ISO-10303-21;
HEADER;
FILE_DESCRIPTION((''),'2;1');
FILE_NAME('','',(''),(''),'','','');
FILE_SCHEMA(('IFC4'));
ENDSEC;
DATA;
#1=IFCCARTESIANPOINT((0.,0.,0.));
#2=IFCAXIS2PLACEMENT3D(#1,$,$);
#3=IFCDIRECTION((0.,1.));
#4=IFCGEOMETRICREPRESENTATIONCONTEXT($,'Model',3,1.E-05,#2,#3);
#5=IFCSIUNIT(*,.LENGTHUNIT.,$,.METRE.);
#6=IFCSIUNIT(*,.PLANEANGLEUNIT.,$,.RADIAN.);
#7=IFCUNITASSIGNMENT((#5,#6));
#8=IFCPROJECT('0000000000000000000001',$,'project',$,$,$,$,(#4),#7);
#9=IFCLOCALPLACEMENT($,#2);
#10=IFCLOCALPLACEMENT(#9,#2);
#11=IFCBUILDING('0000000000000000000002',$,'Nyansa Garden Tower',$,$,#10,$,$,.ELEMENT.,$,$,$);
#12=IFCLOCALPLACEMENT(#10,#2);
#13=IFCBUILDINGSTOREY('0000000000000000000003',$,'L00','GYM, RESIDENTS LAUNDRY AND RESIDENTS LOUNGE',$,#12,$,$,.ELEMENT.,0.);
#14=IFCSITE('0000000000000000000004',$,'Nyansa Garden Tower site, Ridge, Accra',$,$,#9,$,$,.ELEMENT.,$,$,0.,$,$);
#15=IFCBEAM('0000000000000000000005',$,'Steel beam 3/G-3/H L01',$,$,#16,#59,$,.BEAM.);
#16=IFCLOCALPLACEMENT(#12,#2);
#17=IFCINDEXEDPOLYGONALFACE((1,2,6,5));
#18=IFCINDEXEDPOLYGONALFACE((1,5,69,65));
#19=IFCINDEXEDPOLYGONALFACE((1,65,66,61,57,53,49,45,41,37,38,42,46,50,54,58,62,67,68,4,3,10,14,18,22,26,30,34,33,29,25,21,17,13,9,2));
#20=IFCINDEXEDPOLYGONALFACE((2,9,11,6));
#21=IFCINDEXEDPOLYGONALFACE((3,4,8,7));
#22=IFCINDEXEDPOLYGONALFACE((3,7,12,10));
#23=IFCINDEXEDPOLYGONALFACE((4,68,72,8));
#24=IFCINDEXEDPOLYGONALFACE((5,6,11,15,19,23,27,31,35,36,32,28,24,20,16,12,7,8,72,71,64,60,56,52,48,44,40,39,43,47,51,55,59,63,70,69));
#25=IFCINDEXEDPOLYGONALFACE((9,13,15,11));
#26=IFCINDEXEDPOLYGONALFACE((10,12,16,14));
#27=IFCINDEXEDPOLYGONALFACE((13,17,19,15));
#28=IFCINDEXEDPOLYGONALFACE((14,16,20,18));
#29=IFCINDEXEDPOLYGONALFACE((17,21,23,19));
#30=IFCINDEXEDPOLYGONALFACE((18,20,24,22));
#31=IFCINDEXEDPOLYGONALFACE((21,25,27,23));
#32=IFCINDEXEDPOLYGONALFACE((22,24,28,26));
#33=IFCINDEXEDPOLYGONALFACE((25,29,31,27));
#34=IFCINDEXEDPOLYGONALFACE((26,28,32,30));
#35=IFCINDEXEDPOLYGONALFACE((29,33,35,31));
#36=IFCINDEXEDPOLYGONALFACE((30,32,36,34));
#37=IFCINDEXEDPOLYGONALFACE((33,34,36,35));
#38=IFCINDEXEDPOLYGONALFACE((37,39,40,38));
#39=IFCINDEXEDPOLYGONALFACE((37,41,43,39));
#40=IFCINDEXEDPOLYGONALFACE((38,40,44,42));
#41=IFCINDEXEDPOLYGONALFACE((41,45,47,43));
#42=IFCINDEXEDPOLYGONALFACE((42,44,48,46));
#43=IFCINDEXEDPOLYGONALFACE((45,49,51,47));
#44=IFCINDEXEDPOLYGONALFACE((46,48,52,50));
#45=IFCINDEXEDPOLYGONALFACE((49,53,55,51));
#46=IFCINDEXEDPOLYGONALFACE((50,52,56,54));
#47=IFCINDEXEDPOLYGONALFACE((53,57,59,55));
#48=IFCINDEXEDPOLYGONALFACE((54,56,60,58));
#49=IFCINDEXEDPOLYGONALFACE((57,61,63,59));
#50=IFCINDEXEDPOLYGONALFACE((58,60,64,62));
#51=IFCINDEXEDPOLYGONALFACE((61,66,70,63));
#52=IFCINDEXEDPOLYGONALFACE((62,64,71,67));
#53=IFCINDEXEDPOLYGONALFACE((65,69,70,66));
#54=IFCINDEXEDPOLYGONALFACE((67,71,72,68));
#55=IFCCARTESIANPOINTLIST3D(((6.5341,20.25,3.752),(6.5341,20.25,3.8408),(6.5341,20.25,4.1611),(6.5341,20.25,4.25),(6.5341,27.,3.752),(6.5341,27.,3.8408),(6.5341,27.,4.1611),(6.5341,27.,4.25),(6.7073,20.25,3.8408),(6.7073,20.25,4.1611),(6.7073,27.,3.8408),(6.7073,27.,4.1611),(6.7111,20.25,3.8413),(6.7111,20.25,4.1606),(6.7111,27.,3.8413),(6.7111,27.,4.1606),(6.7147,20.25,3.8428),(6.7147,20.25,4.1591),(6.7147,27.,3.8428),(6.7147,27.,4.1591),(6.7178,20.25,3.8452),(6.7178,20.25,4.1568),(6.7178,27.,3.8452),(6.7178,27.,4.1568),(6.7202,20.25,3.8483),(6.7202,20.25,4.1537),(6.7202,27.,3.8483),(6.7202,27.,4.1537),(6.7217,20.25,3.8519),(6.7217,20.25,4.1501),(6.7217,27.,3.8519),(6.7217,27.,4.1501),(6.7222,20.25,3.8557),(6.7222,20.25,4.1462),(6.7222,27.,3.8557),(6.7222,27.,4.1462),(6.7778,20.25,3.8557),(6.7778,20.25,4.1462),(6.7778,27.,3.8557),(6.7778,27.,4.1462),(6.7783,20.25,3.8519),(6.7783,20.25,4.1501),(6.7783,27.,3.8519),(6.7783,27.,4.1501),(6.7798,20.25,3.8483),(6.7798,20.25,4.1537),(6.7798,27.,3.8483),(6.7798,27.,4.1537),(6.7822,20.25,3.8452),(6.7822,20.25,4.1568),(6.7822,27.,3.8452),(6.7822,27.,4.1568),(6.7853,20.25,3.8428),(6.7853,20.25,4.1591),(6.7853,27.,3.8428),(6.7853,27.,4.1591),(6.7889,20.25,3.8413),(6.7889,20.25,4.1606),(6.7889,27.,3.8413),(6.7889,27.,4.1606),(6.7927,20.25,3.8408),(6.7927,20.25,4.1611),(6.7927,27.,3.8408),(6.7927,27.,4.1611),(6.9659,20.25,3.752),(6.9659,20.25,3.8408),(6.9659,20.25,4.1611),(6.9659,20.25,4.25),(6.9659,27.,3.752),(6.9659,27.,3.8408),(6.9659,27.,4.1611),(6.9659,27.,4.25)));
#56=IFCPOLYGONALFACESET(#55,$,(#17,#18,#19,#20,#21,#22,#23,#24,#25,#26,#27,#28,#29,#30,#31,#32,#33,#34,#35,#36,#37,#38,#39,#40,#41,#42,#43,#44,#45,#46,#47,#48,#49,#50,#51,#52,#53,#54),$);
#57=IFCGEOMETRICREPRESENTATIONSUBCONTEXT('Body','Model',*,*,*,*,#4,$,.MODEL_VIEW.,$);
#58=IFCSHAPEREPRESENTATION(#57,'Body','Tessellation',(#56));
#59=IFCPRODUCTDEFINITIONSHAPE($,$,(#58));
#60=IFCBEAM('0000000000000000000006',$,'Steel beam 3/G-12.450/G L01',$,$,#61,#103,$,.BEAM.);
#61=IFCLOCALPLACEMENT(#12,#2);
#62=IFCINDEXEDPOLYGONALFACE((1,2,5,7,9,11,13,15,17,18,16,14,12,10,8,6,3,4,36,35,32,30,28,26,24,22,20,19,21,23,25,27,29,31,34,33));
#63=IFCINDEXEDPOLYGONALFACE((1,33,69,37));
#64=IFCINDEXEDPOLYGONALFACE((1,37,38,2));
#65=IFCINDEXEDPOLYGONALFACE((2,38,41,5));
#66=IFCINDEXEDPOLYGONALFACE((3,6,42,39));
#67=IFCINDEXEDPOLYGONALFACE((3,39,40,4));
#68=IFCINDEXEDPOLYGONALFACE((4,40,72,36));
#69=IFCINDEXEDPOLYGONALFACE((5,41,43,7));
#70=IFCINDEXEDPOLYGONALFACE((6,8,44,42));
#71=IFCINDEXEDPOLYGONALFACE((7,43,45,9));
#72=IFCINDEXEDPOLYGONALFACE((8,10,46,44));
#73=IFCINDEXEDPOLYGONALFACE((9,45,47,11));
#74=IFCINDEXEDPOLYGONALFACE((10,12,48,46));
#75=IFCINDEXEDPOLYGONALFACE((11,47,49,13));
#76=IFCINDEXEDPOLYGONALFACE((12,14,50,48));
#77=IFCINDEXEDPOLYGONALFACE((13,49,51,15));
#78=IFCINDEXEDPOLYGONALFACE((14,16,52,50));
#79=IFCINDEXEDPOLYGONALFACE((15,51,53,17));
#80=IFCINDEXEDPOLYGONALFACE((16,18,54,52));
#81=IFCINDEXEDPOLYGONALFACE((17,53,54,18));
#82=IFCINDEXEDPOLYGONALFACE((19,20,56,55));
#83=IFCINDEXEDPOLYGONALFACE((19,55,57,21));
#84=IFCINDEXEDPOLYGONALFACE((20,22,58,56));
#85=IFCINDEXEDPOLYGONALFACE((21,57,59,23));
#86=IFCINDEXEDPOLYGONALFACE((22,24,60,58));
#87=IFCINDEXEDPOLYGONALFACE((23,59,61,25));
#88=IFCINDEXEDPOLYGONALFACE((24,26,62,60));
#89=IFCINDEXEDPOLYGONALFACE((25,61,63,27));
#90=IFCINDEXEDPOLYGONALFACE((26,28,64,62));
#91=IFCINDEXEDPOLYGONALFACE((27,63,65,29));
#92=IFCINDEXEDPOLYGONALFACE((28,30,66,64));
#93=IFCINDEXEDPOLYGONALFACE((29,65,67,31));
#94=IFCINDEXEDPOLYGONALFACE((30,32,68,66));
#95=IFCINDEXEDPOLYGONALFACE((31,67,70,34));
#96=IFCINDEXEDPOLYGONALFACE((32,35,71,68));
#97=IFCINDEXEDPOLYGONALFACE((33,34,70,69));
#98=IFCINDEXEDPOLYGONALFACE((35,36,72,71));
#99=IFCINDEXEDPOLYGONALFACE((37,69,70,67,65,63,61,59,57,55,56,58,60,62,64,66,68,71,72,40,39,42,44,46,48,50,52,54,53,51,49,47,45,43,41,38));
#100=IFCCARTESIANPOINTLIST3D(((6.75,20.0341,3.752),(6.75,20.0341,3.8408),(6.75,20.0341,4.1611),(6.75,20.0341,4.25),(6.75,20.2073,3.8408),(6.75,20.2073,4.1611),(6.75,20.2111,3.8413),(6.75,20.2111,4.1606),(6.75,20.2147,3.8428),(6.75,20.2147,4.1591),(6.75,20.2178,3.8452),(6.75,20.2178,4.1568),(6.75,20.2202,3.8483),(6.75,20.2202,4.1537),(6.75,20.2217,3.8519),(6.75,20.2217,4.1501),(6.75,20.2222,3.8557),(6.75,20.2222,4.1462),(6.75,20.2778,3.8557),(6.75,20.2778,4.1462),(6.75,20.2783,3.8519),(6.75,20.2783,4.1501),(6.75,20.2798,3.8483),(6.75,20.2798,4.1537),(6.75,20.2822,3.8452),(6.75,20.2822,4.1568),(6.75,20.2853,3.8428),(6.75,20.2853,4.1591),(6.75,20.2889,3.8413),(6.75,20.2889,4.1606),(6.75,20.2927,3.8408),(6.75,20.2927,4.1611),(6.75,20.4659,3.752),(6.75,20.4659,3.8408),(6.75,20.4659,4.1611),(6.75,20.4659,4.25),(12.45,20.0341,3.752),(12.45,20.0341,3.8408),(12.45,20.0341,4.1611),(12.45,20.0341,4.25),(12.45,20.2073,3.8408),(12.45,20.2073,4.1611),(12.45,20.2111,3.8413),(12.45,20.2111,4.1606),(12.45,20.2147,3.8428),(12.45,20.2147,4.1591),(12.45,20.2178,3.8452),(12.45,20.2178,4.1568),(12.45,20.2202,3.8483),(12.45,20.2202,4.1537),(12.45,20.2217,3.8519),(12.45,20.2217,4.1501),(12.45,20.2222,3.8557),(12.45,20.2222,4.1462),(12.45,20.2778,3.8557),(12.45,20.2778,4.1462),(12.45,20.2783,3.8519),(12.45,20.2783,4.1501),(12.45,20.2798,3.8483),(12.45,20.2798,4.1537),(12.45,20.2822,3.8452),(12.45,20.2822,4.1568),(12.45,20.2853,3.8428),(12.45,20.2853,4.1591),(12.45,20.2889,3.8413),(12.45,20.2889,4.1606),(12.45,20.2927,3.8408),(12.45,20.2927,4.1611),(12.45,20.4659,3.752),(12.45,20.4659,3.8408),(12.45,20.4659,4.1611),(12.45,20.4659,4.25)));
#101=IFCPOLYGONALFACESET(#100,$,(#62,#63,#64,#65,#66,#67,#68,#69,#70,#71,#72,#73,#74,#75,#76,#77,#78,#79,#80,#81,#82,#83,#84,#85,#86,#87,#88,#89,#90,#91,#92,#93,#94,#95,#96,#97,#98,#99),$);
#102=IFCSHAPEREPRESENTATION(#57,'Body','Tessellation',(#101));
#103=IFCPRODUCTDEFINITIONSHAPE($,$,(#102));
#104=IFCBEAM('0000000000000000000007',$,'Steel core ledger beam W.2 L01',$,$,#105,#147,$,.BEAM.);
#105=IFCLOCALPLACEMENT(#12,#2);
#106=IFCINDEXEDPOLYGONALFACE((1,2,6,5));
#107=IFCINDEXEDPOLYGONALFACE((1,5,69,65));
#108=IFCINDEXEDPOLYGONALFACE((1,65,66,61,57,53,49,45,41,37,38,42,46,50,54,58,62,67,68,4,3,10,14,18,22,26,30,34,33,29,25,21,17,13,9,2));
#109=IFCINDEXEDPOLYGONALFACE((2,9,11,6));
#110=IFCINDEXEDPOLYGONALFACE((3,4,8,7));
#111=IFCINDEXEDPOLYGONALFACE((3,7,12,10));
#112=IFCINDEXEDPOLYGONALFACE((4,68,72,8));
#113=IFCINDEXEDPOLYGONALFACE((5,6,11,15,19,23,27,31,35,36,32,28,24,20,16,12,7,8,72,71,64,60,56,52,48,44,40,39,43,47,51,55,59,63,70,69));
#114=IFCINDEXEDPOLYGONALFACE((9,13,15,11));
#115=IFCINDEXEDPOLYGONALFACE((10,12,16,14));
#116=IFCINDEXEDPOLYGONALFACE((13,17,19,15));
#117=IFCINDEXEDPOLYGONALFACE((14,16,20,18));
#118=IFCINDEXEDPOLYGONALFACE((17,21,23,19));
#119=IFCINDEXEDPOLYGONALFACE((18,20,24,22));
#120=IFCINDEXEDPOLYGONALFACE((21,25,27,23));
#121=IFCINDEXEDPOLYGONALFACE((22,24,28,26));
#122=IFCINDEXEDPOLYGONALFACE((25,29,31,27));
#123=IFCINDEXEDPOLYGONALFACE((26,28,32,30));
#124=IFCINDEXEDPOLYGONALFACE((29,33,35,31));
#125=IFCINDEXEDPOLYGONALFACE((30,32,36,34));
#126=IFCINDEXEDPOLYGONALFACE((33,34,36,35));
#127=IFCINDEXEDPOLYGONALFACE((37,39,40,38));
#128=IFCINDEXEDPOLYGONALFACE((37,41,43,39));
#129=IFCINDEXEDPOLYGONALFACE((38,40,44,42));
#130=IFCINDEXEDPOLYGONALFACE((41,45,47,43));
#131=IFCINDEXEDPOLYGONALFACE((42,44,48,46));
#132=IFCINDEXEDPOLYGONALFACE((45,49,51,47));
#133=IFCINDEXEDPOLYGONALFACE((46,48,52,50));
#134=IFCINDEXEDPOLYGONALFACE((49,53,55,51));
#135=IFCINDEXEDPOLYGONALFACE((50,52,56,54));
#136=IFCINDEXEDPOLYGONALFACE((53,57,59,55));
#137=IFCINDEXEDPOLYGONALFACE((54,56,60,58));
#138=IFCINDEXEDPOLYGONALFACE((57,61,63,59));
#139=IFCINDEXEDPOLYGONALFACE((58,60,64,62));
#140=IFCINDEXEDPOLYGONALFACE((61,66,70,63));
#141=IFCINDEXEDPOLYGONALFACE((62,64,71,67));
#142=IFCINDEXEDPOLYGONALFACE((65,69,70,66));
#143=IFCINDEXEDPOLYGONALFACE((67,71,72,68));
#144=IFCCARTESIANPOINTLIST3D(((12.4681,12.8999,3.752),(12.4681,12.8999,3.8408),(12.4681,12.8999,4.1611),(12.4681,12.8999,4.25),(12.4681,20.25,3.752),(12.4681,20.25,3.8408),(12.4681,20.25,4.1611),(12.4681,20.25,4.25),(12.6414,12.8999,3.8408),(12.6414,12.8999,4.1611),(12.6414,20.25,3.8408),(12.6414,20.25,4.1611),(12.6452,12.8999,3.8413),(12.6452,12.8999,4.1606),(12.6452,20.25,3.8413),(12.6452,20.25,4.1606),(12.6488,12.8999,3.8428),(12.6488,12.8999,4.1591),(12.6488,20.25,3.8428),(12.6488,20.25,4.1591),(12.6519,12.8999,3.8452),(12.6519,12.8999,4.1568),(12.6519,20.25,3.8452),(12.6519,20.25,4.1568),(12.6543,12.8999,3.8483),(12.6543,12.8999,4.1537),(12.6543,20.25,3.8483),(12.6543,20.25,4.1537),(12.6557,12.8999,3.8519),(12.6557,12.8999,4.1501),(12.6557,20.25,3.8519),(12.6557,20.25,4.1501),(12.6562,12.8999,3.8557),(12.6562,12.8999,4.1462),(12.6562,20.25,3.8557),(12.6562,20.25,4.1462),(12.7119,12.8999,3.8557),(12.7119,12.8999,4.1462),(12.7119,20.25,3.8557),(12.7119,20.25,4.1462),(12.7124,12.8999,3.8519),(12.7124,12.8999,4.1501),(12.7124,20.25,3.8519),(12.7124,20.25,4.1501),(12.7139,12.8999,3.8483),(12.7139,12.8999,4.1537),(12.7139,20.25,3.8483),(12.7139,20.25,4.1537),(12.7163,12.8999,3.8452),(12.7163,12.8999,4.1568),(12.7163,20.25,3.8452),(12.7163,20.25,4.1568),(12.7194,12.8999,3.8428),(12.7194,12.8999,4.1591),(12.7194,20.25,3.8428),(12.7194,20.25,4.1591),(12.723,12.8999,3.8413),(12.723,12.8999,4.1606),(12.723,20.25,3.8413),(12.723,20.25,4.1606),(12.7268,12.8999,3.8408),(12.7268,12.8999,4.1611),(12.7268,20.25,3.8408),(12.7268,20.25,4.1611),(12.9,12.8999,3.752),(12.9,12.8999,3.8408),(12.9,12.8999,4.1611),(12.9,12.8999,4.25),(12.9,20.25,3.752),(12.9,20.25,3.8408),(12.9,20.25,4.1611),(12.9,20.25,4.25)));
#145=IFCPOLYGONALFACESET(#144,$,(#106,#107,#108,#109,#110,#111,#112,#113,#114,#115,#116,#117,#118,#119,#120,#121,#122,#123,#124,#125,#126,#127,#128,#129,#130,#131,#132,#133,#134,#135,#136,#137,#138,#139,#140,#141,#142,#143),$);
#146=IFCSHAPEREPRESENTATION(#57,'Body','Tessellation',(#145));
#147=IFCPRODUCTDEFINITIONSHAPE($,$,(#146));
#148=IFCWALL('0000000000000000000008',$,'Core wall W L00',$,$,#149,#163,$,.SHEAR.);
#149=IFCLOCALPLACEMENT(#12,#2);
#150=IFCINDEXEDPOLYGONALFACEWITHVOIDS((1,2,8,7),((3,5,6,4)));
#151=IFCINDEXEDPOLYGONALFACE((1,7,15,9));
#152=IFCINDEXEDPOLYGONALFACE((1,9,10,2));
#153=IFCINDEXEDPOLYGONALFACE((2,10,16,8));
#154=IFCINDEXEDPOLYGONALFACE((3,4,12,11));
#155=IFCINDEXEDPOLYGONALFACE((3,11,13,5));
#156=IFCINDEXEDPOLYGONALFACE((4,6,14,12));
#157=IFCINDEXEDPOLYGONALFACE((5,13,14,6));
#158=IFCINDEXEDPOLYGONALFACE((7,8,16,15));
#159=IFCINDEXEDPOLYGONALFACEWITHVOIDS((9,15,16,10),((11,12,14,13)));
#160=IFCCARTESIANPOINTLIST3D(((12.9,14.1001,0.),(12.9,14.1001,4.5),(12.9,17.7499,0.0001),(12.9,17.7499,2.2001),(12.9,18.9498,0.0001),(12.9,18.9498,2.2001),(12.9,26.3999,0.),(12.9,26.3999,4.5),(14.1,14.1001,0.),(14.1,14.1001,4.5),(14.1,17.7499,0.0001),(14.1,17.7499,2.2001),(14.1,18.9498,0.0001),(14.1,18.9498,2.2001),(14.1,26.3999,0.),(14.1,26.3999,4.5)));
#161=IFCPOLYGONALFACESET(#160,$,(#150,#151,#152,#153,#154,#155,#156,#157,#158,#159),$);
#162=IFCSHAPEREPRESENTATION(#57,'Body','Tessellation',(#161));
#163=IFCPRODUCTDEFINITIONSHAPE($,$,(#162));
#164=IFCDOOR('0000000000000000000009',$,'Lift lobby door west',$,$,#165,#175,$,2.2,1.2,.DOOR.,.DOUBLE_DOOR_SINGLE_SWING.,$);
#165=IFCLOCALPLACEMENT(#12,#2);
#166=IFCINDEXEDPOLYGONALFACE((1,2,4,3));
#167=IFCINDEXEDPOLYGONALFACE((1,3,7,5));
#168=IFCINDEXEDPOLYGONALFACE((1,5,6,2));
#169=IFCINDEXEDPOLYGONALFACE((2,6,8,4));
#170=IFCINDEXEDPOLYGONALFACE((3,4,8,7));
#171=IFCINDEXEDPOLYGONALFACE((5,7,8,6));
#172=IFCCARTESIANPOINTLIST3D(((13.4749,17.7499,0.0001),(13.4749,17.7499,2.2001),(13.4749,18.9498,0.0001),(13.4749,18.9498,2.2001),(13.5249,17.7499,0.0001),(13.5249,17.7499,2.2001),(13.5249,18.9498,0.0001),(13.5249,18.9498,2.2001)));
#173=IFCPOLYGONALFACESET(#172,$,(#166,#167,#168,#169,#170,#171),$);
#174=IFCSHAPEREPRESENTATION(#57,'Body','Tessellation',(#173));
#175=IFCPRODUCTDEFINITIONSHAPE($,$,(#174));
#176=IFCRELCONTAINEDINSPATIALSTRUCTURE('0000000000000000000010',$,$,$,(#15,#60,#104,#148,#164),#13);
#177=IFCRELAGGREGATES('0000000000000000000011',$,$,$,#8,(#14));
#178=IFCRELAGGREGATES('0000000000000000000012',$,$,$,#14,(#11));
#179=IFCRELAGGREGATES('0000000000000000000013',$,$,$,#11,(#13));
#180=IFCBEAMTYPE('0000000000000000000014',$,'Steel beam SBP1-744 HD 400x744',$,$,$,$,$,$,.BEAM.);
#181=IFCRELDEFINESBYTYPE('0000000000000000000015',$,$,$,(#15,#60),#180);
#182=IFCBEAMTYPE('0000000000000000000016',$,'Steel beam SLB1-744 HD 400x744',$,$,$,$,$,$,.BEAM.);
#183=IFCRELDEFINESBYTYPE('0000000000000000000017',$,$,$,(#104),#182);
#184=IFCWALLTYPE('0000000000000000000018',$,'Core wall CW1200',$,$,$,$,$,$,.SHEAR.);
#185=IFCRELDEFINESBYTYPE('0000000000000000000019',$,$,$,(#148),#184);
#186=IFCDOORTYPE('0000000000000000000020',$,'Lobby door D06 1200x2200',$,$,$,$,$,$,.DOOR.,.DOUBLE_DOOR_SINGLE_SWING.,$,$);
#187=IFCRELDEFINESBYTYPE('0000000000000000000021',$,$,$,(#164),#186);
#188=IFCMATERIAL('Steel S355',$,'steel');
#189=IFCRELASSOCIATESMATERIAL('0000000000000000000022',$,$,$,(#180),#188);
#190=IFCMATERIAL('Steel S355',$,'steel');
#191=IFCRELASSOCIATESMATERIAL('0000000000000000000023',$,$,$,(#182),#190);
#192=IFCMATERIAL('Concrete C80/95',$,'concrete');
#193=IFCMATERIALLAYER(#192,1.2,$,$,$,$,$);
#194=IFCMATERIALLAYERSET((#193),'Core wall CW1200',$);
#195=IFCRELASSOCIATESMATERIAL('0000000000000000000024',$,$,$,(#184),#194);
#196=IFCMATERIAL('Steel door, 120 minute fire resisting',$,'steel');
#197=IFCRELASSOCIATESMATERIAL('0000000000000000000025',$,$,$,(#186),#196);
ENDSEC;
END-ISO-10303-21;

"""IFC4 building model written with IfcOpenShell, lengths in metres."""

from ifc_helpers import new_model, si_unit, direction, frame, frame_2d, origin, origin_2d, place, context, subcontext, project, spatial, rectangle, i_section, extrude, material, layer, layer_set, material_profile, profile_set, type_object, element, fill, save


model = new_model("IFC4")

# Units and contexts
model_context = context("Model", 3, precision=1e-05, world=origin(), true_north=direction((0.0, 1.0)))
body_context = subcontext(model_context, "Body", "Model", "MODEL_VIEW")
ifc_project = project(units=[si_unit("LENGTHUNIT", "METRE"), si_unit("PLANEANGLEUNIT", "RADIAN")], contexts=[model_context])

# Site, building, storey
site_placement = place(None, origin())
site = spatial("IfcSite", under=ifc_project, at=site_placement, Name="Nyansa Garden Tower site, Ridge, Accra", CompositionType="ELEMENT", RefElevation=0.0)
building_placement = place(site_placement, origin())
building = spatial("IfcBuilding", under=site, at=building_placement, Name="Nyansa Garden Tower", CompositionType="ELEMENT")
storey_placement = place(building_placement, origin())
storey = spatial("IfcBuildingStorey", under=building, at=storey_placement, Name="L00", Description="GYM, RESIDENTS LAUNDRY AND RESIDENTS LOUNGE", CompositionType="ELEMENT", Elevation=0.0)

# Beams
ifc_material_1 = material(Name="Steel S355", Category="steel")
ifc_material_profile_1 = material_profile(ifc_material_1, i_section(OverallWidth=0.4319, OverallDepth=0.498, WebThickness=0.0557, FlangeThickness=0.0889, FilletRadius=0.0149, at=origin_2d()), Name="HD 400x744")
ifc_profile_set_1 = profile_set([ifc_material_profile_1], Name="Steel S355")
beam_type_1 = type_object("IfcBeamType", Name="Steel beam SBP1-744 HD 400x744", PredefinedType="BEAM", material=ifc_profile_set_1)
beam_1_placement = place(storey_placement, frame((6.75, 20.25, 4.001), z_axis=(0.0, 1.0, 0.0), x_axis=(-1.0, 0.0, 0.0)))
element("IfcBeam", 1, at=beam_1_placement, inside=storey, type_object=beam_type_1, Name="Steel beam 3/G-3/H L01", PredefinedType="BEAM", context=body_context, shape_type="SweptSolid", body=[
    extrude(i_section(OverallWidth=0.4319, OverallDepth=0.498, WebThickness=0.0557, FlangeThickness=0.0889, FilletRadius=0.0149, at=origin_2d()), origin(), (0.0, 0.0, 1.0), 6.75),
])
beam_2_placement = place(storey_placement, frame((6.75, 20.25, 4.001), z_axis=(1.0, 0.0, 0.0), x_axis=(0.0, 1.0, 0.0)))
element("IfcBeam", 2, at=beam_2_placement, inside=storey, type_object=beam_type_1, Name="Steel beam 3/G-12.450/G L01", PredefinedType="BEAM", context=body_context, shape_type="SweptSolid", body=[
    extrude(i_section(OverallWidth=0.4319, OverallDepth=0.498, WebThickness=0.0557, FlangeThickness=0.0889, FilletRadius=0.0149, at=origin_2d()), origin(), (0.0, 0.0, 1.0), 5.7),
])
ifc_material_2 = material(Name="Steel S355", Category="steel")
ifc_material_profile_2 = material_profile(ifc_material_2, i_section(OverallWidth=0.4319, OverallDepth=0.498, WebThickness=0.0557, FlangeThickness=0.0889, FilletRadius=0.0149, at=origin_2d()), Name="HD 400x744")
ifc_profile_set_2 = profile_set([ifc_material_profile_2], Name="Steel S355")
beam_type_2 = type_object("IfcBeamType", Name="Steel beam SLB1-744 HD 400x744", PredefinedType="BEAM", material=ifc_profile_set_2)
beam_3_placement = place(storey_placement, frame((12.6841, 20.25, 4.001), z_axis=(0.0, -1.0, 0.0), x_axis=(1.0, 0.0, 0.0)))
element("IfcBeam", 3, at=beam_3_placement, inside=storey, type_object=beam_type_2, Name="Steel core ledger beam W.2 L01", PredefinedType="BEAM", context=body_context, shape_type="SweptSolid", body=[
    extrude(i_section(OverallWidth=0.4319, OverallDepth=0.498, WebThickness=0.0557, FlangeThickness=0.0889, FilletRadius=0.0149, at=origin_2d()), origin(), (0.0, 0.0, 1.0), 7.3501),
])

# Wall, opening, door
ifc_material_3 = material(Name="Concrete C80/95", Category="concrete")
ifc_layer_1 = layer(ifc_material_3, 1.2)
ifc_layer_set_1 = layer_set([ifc_layer_1], Name="Core wall CW1200")
wall_type_1 = type_object("IfcWallType", Name="Core wall CW1200", PredefinedType="SHEAR", material=ifc_layer_set_1)
wall_1_placement = place(storey_placement, frame((13.5, 26.3999, 0.0), z_axis=(0.0, 0.0, 1.0), x_axis=(0.0, -1.0, 0.0)))
wall_1 = element("IfcWall", 4, at=wall_1_placement, inside=storey, type_object=wall_type_1, Name="Core wall W L00", PredefinedType="SHEAR", context=body_context, shape_type="SweptSolid", body=[
    extrude(rectangle(XDim=12.2998, YDim=1.2, at=frame_2d((6.1499, 0.0))), origin(), (0.0, 0.0, 1.0), 4.5),
])
opening_placement = place(wall_1_placement, frame((7.45, 0.0, 0.0)))
opening = element("IfcOpeningElement", 5, at=opening_placement, cuts=wall_1, PredefinedType="OPENING", context=body_context, shape_type="SweptSolid", body=[
    extrude(rectangle(XDim=1.2, YDim=2.2, at=frame_2d((0.6001, 1.1001))), frame((0.0, 0.6099, 0.0), z_axis=(0.0, -1.0, 0.0), x_axis=(1.0, 0.0, 0.0)), (0.0, 0.0, 1.0), 1.22),
])
ifc_material_4 = material(Name="Steel door, 120 minute fire resisting", Category="steel")
door_type = type_object("IfcDoorType", Name="Lobby door D06 1200x2200", OperationType="DOUBLE_DOOR_SINGLE_SWING", PredefinedType="DOOR", material=ifc_material_4)
door_placement = place(opening_placement, origin())
door = element("IfcDoor", 6, at=door_placement, inside=storey, type_object=door_type, Name="Lift lobby door west", OperationType="DOUBLE_DOOR_SINGLE_SWING", OverallHeight=2.2, OverallWidth=1.2, PredefinedType="DOOR", context=body_context, shape_type="SweptSolid", body=[
    extrude(rectangle(XDim=1.2, YDim=2.2, at=frame_2d((0.6001, 1.1001))), frame((0.0, 0.0249, 0.0), z_axis=(0.0, -1.0, 0.0), x_axis=(1.0, 0.0, 0.0)), (0.0, 0.0, 1.0), 0.05),
])
fill(opening, door)

save(model, "model.ifc")
